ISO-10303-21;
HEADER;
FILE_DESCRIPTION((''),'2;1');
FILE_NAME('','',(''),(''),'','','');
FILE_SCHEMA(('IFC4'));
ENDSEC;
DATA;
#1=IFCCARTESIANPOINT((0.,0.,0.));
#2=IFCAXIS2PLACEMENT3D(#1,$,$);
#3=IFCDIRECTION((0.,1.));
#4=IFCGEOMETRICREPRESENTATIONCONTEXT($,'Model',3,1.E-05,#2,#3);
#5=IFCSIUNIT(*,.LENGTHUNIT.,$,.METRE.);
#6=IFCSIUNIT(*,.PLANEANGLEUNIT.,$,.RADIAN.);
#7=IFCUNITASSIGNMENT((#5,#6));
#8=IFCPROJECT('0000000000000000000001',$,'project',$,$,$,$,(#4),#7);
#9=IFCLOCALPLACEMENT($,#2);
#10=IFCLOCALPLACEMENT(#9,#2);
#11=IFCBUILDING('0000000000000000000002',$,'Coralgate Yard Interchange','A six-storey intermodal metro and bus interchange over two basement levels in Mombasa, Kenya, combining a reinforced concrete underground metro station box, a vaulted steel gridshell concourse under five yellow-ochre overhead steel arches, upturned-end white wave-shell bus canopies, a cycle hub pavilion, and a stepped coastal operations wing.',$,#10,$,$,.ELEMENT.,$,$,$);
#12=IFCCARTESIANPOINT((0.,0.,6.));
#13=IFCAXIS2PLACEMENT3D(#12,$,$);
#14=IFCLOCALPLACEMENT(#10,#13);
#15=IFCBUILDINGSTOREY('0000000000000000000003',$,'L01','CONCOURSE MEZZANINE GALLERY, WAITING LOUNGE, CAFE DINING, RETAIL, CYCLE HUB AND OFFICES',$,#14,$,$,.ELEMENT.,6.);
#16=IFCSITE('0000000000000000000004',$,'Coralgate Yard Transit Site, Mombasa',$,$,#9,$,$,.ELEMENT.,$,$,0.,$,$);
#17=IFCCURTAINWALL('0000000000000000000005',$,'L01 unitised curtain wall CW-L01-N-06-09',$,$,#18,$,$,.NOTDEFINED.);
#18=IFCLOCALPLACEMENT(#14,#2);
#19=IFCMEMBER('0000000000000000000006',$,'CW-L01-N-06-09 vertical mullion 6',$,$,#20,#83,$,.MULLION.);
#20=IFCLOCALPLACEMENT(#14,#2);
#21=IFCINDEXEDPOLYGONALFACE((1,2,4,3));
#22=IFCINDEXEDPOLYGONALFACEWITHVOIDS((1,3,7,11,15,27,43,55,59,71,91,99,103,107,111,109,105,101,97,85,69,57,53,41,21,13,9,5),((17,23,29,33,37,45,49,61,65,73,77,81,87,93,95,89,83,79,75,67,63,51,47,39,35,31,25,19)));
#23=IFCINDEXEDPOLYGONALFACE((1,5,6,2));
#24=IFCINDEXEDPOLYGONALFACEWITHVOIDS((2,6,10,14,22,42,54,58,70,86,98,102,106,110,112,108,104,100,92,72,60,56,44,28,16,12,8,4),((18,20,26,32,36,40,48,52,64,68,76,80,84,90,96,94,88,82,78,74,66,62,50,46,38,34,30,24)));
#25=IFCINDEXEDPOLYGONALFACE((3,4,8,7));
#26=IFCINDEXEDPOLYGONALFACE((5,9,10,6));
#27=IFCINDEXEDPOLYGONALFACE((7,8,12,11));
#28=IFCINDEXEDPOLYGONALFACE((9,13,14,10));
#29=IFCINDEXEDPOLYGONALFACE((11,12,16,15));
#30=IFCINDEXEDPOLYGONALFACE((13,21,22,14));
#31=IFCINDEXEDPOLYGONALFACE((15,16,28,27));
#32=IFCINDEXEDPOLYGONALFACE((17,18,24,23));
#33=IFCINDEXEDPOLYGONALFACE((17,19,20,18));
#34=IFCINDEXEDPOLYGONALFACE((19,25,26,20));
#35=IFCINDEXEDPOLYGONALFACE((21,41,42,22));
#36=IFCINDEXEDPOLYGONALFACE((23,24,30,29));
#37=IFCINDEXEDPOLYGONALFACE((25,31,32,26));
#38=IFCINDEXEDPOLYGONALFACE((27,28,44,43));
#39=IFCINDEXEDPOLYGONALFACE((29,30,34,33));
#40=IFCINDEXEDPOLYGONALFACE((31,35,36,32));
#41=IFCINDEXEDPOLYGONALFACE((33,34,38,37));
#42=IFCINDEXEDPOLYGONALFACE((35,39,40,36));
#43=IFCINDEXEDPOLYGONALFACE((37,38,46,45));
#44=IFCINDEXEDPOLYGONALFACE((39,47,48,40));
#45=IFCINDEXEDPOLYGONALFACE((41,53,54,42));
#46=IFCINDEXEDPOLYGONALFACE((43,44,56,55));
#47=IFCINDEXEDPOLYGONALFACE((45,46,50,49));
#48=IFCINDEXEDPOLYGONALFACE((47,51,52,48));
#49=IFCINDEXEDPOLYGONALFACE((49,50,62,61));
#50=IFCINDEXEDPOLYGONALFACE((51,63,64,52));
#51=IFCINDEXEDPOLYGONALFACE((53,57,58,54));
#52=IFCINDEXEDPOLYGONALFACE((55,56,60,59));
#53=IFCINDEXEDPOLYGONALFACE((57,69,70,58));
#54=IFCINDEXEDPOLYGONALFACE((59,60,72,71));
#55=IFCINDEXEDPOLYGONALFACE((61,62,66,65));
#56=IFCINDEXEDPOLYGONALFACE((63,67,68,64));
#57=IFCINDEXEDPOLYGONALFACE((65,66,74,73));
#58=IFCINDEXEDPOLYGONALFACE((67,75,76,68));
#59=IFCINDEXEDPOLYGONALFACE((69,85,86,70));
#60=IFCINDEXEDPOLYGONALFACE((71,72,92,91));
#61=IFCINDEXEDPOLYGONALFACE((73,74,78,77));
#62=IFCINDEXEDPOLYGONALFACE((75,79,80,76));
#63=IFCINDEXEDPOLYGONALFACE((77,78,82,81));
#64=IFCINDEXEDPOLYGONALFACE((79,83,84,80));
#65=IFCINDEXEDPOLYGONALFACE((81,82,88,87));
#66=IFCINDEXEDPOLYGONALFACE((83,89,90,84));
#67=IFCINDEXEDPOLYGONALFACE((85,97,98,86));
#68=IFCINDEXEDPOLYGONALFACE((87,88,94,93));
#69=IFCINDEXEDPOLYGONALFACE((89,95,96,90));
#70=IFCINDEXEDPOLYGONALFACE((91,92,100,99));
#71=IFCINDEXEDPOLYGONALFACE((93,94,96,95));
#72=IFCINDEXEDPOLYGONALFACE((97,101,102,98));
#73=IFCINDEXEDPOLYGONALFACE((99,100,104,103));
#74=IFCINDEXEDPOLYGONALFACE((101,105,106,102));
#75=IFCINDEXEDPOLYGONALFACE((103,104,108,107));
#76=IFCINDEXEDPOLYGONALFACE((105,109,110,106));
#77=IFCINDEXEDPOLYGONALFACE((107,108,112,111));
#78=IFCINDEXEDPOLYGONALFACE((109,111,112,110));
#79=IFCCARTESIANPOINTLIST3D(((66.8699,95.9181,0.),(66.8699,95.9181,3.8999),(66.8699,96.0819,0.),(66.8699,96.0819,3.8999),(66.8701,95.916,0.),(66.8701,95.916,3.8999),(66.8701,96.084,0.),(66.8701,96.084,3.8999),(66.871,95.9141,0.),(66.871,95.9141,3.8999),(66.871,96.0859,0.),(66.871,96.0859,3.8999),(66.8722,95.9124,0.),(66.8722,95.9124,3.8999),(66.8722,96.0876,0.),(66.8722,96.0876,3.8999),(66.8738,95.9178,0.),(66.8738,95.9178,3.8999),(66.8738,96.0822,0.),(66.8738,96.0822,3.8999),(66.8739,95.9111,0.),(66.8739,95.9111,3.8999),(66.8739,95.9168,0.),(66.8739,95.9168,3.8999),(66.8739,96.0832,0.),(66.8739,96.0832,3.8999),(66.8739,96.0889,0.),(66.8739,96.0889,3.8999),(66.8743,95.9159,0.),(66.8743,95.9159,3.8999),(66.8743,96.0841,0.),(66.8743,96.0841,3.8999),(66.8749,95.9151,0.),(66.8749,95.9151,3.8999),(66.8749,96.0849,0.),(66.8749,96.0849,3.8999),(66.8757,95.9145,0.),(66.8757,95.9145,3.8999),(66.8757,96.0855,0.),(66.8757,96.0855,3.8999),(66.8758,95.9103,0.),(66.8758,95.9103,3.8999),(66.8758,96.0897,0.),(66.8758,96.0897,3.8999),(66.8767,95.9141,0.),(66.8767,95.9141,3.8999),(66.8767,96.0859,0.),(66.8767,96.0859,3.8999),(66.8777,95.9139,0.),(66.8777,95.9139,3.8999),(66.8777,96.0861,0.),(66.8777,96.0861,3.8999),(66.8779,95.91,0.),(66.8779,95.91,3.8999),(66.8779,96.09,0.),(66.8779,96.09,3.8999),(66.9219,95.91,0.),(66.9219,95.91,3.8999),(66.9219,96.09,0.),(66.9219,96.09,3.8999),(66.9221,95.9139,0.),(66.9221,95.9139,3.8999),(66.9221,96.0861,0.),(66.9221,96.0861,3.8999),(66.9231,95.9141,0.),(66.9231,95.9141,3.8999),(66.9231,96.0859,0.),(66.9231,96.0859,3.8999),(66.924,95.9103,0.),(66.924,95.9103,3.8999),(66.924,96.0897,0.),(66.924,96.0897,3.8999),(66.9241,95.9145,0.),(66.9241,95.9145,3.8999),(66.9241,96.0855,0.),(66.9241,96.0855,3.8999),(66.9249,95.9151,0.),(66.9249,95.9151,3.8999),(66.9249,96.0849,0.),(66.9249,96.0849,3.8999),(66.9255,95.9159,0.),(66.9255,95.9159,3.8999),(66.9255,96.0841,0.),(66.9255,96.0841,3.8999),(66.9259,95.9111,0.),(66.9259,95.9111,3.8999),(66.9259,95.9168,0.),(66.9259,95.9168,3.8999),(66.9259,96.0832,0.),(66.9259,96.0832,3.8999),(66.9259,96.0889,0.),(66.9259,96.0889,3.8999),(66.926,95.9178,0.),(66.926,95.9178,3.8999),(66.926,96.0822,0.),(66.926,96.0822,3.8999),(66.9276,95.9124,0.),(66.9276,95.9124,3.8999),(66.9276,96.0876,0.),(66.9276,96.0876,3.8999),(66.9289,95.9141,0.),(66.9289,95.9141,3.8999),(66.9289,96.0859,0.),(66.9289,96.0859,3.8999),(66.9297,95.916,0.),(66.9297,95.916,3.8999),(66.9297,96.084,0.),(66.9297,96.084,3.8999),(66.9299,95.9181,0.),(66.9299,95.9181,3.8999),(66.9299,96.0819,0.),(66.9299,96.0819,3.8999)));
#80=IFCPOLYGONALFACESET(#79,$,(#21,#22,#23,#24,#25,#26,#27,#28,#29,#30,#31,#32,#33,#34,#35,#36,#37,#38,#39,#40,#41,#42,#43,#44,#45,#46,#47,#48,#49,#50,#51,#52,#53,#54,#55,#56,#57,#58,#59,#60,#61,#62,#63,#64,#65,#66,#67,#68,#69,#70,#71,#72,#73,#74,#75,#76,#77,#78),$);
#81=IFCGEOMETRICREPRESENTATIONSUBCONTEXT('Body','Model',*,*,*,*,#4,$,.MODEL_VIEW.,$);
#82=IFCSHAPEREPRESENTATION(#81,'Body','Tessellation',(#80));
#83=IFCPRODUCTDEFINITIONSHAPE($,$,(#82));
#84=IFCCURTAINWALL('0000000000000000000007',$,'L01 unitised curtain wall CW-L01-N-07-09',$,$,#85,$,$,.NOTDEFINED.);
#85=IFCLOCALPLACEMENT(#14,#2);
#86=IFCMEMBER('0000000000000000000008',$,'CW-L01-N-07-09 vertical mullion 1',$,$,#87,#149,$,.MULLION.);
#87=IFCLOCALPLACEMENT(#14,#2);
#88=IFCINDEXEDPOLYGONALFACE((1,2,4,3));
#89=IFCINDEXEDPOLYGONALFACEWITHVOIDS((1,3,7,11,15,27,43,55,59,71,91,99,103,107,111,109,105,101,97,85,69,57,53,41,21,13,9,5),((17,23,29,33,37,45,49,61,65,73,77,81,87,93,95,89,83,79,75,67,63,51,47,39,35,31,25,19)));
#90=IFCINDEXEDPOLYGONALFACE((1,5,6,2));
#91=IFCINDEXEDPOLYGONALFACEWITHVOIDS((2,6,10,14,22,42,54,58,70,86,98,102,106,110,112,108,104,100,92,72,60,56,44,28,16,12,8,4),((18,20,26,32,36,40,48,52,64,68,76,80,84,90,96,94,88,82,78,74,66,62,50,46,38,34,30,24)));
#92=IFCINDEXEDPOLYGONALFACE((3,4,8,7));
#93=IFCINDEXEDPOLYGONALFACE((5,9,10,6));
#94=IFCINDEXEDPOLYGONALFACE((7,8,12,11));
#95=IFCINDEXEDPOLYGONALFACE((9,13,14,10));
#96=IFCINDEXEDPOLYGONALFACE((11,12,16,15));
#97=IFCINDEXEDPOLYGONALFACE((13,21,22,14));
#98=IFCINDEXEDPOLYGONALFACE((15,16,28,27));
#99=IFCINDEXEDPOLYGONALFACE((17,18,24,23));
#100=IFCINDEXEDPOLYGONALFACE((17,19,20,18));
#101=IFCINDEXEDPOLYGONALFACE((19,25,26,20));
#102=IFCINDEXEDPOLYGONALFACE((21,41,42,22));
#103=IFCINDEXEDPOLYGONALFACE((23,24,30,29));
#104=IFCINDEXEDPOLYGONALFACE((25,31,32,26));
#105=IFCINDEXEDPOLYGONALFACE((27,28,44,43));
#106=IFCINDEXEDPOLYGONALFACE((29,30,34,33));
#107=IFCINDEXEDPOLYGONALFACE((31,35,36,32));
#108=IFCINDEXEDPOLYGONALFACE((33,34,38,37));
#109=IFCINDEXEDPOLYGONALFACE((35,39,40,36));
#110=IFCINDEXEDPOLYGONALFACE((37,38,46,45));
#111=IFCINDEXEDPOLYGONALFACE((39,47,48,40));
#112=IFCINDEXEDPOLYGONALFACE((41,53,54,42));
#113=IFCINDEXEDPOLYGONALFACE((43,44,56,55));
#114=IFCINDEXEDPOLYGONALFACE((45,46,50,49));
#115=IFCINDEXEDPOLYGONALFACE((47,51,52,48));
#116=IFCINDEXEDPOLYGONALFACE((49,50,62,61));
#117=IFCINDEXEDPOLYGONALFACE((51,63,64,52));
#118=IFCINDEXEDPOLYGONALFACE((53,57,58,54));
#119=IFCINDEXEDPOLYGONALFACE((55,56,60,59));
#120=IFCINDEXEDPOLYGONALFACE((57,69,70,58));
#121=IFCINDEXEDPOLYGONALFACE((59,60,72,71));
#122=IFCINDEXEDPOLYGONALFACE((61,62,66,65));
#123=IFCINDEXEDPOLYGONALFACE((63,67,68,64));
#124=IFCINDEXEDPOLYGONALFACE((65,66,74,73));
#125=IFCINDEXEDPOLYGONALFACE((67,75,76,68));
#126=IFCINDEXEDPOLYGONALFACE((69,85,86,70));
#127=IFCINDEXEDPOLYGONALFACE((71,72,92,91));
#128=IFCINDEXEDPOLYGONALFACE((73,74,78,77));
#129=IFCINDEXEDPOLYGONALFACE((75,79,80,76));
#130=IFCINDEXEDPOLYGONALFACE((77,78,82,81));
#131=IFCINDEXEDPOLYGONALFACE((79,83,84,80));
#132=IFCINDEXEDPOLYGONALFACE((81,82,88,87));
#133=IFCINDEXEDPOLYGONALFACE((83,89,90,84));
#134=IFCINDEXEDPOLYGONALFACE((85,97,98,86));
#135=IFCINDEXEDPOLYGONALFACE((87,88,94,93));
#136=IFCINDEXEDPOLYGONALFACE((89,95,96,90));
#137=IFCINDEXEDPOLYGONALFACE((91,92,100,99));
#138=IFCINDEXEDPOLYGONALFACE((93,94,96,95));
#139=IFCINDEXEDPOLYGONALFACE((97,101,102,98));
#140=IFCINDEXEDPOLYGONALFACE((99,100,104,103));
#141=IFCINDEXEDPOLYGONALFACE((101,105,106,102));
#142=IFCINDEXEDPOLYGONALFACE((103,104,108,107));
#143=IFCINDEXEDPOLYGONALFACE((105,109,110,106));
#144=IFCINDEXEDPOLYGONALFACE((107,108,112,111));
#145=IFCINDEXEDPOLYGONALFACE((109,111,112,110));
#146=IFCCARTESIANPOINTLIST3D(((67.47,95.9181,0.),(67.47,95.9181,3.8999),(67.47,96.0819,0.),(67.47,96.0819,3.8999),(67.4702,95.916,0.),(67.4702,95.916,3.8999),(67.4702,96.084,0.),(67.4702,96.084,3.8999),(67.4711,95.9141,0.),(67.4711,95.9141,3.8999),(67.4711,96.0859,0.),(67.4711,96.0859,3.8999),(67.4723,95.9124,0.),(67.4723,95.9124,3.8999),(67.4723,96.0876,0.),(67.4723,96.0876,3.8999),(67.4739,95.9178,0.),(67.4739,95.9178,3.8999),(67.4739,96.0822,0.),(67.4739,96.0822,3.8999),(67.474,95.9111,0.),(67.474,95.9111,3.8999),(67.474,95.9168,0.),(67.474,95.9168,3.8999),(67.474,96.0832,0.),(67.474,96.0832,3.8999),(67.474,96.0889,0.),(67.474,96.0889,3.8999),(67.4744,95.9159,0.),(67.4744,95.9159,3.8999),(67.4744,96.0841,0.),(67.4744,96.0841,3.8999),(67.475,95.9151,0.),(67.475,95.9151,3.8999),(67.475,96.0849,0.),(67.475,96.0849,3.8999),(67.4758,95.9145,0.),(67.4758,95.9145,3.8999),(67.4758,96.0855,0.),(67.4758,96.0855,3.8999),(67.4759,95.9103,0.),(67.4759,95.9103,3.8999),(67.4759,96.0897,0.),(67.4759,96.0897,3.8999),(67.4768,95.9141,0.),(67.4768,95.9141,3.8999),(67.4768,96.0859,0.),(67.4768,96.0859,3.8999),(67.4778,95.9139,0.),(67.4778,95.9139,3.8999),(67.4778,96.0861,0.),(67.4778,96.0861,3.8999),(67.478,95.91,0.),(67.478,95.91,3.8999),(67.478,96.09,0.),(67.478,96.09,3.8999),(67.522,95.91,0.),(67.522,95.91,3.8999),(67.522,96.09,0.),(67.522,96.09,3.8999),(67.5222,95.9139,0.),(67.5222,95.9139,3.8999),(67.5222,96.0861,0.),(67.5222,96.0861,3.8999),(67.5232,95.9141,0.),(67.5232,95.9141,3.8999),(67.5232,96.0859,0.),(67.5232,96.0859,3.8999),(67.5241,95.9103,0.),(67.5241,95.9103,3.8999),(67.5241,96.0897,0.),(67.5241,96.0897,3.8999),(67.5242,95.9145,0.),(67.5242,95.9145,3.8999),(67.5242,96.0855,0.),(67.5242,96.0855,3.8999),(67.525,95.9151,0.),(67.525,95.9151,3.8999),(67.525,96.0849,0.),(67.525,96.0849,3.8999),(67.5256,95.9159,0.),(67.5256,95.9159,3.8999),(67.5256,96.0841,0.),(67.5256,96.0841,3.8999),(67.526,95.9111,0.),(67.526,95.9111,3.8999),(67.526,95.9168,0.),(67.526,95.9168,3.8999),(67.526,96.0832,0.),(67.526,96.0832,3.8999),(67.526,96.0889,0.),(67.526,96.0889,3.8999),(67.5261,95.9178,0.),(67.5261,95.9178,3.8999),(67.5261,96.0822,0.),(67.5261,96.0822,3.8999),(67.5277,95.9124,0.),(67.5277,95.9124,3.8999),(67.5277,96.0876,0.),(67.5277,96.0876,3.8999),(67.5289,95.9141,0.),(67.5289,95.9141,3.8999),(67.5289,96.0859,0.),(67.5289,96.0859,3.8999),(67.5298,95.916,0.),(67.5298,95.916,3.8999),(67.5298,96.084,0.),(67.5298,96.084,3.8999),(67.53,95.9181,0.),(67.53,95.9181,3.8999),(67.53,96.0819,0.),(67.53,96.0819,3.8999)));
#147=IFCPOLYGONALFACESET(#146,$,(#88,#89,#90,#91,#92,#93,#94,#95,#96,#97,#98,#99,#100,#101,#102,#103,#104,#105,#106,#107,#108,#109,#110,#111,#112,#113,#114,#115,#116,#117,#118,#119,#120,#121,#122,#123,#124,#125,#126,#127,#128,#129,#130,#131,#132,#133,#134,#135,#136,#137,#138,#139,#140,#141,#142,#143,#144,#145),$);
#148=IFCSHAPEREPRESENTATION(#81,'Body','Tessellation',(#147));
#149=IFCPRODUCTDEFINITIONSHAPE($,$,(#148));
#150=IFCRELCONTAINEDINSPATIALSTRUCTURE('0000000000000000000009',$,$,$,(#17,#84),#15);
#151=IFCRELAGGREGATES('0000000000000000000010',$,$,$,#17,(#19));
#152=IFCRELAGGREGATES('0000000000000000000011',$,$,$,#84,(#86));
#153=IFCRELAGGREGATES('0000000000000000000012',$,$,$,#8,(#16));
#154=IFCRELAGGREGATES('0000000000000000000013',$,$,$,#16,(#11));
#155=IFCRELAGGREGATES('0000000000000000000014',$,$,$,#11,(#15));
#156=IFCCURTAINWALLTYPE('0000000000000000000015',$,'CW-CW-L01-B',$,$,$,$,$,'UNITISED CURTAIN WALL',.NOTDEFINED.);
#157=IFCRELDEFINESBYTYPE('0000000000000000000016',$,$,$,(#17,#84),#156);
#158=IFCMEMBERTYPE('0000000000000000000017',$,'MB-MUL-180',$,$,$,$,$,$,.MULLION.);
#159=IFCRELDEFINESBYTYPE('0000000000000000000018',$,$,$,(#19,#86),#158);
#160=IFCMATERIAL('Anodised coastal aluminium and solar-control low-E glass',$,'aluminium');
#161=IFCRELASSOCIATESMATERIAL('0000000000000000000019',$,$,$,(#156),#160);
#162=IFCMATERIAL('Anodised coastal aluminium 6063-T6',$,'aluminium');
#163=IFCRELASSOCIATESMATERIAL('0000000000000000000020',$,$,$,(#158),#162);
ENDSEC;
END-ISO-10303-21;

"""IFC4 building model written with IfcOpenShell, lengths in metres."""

from ifc_helpers import new_model, si_unit, direction, frame, origin, origin_2d, place, context, subcontext, project, spatial, hollow_rectangle, extrude, material, material_profile, profile_set, type_object, element, aggregate, save


model = new_model("IFC4")

# Units and contexts
model_context = context("Model", 3, precision=1e-05, world=origin(), true_north=direction((0.0, 1.0)))
body_context = subcontext(model_context, "Body", "Model", "MODEL_VIEW")
ifc_project = project(units=[si_unit("LENGTHUNIT", "METRE"), si_unit("PLANEANGLEUNIT", "RADIAN")], contexts=[model_context])

# Site, building, storey
site_placement = place(None, origin())
site = spatial("IfcSite", under=ifc_project, at=site_placement, Name="Coralgate Yard Transit Site, Mombasa", CompositionType="ELEMENT", RefElevation=0.0)
building_placement = place(site_placement, origin())
building = spatial("IfcBuilding", under=site, at=building_placement, Name="Coralgate Yard Interchange", Description="A six-storey intermodal metro and bus interchange over two basement levels in Mombasa, Kenya, combining a reinforced concrete underground metro station box, a vaulted steel gridshell concourse under five yellow-ochre overhead steel arches, upturned-end white wave-shell bus canopies, a cycle hub pavilion, and a stepped coastal operations wing.", CompositionType="ELEMENT")
storey_placement = place(building_placement, frame((0.0, 0.0, 6.0)))
storey = spatial("IfcBuildingStorey", under=building, at=storey_placement, Name="L01", Description="CONCOURSE MEZZANINE GALLERY, WAITING LOUNGE, CAFE DINING, RETAIL, CYCLE HUB AND OFFICES", CompositionType="ELEMENT", Elevation=6.0)

# Curtain wall, member
ifc_material_1 = material(Name="Anodised coastal aluminium and solar-control low-E glass", Category="aluminium")
curtain_wall_type = type_object("IfcCurtainWallType", Name="CW-CW-L01-B", ElementType="UNITISED CURTAIN WALL", PredefinedType="NOTDEFINED", material=ifc_material_1)
curtain_wall_1_placement = place(storey_placement, origin())
curtain_wall_1 = element("IfcCurtainWall", 1, at=curtain_wall_1_placement, inside=storey, type_object=curtain_wall_type, Name="L01 unitised curtain wall CW-L01-N-06-09", PredefinedType="NOTDEFINED")
ifc_material_2 = material(Name="Anodised coastal aluminium 6063-T6", Category="aluminium")
ifc_material_profile_1 = material_profile(ifc_material_2, hollow_rectangle(XDim=0.0601, YDim=0.1799, WallThickness=0.0039, InnerFilletRadius=0.0039, OuterFilletRadius=0.0081, at=origin_2d()), Name="ALU 60x180x4")
ifc_profile_set_1 = profile_set([ifc_material_profile_1], Name="Anodised coastal aluminium 6063-T6")
member_type_1 = type_object("IfcMemberType", Name="MB-MUL-180", PredefinedType="MULLION", material=ifc_profile_set_1)
member_1_placement = place(storey_placement, frame((66.8999, 96.0, 0.0), z_axis=(0.0, 0.0, 1.0), x_axis=(1.0, 0.0, 0.0)))
member_1 = element("IfcMember", 2, at=member_1_placement, type_object=member_type_1, Name="CW-L01-N-06-09 vertical mullion 6", PredefinedType="MULLION", context=body_context, shape_type="SweptSolid", body=[
    extrude(hollow_rectangle(XDim=0.0601, YDim=0.1799, WallThickness=0.0039, InnerFilletRadius=0.0039, OuterFilletRadius=0.0081, at=origin_2d()), origin(), (0.0, 0.0, 1.0), 3.8999),
])

# Curtain wall, member
curtain_wall_2_placement = place(storey_placement, origin())
curtain_wall_2 = element("IfcCurtainWall", 3, at=curtain_wall_2_placement, inside=storey, type_object=curtain_wall_type, Name="L01 unitised curtain wall CW-L01-N-07-09", PredefinedType="NOTDEFINED")
member_2_placement = place(storey_placement, frame((67.5, 96.0, 0.0), z_axis=(0.0, 0.0, 1.0), x_axis=(1.0, 0.0, 0.0)))
member_2 = element("IfcMember", 4, at=member_2_placement, type_object=member_type_1, Name="CW-L01-N-07-09 vertical mullion 1", PredefinedType="MULLION", context=body_context, shape_type="SweptSolid", body=[
    extrude(hollow_rectangle(XDim=0.0601, YDim=0.1799, WallThickness=0.0039, InnerFilletRadius=0.0039, OuterFilletRadius=0.0081, at=origin_2d()), origin(), (0.0, 0.0, 1.0), 3.8999),
])

aggregate(curtain_wall_1, [member_1])
aggregate(curtain_wall_2, [member_2])

save(model, "model.ifc")
